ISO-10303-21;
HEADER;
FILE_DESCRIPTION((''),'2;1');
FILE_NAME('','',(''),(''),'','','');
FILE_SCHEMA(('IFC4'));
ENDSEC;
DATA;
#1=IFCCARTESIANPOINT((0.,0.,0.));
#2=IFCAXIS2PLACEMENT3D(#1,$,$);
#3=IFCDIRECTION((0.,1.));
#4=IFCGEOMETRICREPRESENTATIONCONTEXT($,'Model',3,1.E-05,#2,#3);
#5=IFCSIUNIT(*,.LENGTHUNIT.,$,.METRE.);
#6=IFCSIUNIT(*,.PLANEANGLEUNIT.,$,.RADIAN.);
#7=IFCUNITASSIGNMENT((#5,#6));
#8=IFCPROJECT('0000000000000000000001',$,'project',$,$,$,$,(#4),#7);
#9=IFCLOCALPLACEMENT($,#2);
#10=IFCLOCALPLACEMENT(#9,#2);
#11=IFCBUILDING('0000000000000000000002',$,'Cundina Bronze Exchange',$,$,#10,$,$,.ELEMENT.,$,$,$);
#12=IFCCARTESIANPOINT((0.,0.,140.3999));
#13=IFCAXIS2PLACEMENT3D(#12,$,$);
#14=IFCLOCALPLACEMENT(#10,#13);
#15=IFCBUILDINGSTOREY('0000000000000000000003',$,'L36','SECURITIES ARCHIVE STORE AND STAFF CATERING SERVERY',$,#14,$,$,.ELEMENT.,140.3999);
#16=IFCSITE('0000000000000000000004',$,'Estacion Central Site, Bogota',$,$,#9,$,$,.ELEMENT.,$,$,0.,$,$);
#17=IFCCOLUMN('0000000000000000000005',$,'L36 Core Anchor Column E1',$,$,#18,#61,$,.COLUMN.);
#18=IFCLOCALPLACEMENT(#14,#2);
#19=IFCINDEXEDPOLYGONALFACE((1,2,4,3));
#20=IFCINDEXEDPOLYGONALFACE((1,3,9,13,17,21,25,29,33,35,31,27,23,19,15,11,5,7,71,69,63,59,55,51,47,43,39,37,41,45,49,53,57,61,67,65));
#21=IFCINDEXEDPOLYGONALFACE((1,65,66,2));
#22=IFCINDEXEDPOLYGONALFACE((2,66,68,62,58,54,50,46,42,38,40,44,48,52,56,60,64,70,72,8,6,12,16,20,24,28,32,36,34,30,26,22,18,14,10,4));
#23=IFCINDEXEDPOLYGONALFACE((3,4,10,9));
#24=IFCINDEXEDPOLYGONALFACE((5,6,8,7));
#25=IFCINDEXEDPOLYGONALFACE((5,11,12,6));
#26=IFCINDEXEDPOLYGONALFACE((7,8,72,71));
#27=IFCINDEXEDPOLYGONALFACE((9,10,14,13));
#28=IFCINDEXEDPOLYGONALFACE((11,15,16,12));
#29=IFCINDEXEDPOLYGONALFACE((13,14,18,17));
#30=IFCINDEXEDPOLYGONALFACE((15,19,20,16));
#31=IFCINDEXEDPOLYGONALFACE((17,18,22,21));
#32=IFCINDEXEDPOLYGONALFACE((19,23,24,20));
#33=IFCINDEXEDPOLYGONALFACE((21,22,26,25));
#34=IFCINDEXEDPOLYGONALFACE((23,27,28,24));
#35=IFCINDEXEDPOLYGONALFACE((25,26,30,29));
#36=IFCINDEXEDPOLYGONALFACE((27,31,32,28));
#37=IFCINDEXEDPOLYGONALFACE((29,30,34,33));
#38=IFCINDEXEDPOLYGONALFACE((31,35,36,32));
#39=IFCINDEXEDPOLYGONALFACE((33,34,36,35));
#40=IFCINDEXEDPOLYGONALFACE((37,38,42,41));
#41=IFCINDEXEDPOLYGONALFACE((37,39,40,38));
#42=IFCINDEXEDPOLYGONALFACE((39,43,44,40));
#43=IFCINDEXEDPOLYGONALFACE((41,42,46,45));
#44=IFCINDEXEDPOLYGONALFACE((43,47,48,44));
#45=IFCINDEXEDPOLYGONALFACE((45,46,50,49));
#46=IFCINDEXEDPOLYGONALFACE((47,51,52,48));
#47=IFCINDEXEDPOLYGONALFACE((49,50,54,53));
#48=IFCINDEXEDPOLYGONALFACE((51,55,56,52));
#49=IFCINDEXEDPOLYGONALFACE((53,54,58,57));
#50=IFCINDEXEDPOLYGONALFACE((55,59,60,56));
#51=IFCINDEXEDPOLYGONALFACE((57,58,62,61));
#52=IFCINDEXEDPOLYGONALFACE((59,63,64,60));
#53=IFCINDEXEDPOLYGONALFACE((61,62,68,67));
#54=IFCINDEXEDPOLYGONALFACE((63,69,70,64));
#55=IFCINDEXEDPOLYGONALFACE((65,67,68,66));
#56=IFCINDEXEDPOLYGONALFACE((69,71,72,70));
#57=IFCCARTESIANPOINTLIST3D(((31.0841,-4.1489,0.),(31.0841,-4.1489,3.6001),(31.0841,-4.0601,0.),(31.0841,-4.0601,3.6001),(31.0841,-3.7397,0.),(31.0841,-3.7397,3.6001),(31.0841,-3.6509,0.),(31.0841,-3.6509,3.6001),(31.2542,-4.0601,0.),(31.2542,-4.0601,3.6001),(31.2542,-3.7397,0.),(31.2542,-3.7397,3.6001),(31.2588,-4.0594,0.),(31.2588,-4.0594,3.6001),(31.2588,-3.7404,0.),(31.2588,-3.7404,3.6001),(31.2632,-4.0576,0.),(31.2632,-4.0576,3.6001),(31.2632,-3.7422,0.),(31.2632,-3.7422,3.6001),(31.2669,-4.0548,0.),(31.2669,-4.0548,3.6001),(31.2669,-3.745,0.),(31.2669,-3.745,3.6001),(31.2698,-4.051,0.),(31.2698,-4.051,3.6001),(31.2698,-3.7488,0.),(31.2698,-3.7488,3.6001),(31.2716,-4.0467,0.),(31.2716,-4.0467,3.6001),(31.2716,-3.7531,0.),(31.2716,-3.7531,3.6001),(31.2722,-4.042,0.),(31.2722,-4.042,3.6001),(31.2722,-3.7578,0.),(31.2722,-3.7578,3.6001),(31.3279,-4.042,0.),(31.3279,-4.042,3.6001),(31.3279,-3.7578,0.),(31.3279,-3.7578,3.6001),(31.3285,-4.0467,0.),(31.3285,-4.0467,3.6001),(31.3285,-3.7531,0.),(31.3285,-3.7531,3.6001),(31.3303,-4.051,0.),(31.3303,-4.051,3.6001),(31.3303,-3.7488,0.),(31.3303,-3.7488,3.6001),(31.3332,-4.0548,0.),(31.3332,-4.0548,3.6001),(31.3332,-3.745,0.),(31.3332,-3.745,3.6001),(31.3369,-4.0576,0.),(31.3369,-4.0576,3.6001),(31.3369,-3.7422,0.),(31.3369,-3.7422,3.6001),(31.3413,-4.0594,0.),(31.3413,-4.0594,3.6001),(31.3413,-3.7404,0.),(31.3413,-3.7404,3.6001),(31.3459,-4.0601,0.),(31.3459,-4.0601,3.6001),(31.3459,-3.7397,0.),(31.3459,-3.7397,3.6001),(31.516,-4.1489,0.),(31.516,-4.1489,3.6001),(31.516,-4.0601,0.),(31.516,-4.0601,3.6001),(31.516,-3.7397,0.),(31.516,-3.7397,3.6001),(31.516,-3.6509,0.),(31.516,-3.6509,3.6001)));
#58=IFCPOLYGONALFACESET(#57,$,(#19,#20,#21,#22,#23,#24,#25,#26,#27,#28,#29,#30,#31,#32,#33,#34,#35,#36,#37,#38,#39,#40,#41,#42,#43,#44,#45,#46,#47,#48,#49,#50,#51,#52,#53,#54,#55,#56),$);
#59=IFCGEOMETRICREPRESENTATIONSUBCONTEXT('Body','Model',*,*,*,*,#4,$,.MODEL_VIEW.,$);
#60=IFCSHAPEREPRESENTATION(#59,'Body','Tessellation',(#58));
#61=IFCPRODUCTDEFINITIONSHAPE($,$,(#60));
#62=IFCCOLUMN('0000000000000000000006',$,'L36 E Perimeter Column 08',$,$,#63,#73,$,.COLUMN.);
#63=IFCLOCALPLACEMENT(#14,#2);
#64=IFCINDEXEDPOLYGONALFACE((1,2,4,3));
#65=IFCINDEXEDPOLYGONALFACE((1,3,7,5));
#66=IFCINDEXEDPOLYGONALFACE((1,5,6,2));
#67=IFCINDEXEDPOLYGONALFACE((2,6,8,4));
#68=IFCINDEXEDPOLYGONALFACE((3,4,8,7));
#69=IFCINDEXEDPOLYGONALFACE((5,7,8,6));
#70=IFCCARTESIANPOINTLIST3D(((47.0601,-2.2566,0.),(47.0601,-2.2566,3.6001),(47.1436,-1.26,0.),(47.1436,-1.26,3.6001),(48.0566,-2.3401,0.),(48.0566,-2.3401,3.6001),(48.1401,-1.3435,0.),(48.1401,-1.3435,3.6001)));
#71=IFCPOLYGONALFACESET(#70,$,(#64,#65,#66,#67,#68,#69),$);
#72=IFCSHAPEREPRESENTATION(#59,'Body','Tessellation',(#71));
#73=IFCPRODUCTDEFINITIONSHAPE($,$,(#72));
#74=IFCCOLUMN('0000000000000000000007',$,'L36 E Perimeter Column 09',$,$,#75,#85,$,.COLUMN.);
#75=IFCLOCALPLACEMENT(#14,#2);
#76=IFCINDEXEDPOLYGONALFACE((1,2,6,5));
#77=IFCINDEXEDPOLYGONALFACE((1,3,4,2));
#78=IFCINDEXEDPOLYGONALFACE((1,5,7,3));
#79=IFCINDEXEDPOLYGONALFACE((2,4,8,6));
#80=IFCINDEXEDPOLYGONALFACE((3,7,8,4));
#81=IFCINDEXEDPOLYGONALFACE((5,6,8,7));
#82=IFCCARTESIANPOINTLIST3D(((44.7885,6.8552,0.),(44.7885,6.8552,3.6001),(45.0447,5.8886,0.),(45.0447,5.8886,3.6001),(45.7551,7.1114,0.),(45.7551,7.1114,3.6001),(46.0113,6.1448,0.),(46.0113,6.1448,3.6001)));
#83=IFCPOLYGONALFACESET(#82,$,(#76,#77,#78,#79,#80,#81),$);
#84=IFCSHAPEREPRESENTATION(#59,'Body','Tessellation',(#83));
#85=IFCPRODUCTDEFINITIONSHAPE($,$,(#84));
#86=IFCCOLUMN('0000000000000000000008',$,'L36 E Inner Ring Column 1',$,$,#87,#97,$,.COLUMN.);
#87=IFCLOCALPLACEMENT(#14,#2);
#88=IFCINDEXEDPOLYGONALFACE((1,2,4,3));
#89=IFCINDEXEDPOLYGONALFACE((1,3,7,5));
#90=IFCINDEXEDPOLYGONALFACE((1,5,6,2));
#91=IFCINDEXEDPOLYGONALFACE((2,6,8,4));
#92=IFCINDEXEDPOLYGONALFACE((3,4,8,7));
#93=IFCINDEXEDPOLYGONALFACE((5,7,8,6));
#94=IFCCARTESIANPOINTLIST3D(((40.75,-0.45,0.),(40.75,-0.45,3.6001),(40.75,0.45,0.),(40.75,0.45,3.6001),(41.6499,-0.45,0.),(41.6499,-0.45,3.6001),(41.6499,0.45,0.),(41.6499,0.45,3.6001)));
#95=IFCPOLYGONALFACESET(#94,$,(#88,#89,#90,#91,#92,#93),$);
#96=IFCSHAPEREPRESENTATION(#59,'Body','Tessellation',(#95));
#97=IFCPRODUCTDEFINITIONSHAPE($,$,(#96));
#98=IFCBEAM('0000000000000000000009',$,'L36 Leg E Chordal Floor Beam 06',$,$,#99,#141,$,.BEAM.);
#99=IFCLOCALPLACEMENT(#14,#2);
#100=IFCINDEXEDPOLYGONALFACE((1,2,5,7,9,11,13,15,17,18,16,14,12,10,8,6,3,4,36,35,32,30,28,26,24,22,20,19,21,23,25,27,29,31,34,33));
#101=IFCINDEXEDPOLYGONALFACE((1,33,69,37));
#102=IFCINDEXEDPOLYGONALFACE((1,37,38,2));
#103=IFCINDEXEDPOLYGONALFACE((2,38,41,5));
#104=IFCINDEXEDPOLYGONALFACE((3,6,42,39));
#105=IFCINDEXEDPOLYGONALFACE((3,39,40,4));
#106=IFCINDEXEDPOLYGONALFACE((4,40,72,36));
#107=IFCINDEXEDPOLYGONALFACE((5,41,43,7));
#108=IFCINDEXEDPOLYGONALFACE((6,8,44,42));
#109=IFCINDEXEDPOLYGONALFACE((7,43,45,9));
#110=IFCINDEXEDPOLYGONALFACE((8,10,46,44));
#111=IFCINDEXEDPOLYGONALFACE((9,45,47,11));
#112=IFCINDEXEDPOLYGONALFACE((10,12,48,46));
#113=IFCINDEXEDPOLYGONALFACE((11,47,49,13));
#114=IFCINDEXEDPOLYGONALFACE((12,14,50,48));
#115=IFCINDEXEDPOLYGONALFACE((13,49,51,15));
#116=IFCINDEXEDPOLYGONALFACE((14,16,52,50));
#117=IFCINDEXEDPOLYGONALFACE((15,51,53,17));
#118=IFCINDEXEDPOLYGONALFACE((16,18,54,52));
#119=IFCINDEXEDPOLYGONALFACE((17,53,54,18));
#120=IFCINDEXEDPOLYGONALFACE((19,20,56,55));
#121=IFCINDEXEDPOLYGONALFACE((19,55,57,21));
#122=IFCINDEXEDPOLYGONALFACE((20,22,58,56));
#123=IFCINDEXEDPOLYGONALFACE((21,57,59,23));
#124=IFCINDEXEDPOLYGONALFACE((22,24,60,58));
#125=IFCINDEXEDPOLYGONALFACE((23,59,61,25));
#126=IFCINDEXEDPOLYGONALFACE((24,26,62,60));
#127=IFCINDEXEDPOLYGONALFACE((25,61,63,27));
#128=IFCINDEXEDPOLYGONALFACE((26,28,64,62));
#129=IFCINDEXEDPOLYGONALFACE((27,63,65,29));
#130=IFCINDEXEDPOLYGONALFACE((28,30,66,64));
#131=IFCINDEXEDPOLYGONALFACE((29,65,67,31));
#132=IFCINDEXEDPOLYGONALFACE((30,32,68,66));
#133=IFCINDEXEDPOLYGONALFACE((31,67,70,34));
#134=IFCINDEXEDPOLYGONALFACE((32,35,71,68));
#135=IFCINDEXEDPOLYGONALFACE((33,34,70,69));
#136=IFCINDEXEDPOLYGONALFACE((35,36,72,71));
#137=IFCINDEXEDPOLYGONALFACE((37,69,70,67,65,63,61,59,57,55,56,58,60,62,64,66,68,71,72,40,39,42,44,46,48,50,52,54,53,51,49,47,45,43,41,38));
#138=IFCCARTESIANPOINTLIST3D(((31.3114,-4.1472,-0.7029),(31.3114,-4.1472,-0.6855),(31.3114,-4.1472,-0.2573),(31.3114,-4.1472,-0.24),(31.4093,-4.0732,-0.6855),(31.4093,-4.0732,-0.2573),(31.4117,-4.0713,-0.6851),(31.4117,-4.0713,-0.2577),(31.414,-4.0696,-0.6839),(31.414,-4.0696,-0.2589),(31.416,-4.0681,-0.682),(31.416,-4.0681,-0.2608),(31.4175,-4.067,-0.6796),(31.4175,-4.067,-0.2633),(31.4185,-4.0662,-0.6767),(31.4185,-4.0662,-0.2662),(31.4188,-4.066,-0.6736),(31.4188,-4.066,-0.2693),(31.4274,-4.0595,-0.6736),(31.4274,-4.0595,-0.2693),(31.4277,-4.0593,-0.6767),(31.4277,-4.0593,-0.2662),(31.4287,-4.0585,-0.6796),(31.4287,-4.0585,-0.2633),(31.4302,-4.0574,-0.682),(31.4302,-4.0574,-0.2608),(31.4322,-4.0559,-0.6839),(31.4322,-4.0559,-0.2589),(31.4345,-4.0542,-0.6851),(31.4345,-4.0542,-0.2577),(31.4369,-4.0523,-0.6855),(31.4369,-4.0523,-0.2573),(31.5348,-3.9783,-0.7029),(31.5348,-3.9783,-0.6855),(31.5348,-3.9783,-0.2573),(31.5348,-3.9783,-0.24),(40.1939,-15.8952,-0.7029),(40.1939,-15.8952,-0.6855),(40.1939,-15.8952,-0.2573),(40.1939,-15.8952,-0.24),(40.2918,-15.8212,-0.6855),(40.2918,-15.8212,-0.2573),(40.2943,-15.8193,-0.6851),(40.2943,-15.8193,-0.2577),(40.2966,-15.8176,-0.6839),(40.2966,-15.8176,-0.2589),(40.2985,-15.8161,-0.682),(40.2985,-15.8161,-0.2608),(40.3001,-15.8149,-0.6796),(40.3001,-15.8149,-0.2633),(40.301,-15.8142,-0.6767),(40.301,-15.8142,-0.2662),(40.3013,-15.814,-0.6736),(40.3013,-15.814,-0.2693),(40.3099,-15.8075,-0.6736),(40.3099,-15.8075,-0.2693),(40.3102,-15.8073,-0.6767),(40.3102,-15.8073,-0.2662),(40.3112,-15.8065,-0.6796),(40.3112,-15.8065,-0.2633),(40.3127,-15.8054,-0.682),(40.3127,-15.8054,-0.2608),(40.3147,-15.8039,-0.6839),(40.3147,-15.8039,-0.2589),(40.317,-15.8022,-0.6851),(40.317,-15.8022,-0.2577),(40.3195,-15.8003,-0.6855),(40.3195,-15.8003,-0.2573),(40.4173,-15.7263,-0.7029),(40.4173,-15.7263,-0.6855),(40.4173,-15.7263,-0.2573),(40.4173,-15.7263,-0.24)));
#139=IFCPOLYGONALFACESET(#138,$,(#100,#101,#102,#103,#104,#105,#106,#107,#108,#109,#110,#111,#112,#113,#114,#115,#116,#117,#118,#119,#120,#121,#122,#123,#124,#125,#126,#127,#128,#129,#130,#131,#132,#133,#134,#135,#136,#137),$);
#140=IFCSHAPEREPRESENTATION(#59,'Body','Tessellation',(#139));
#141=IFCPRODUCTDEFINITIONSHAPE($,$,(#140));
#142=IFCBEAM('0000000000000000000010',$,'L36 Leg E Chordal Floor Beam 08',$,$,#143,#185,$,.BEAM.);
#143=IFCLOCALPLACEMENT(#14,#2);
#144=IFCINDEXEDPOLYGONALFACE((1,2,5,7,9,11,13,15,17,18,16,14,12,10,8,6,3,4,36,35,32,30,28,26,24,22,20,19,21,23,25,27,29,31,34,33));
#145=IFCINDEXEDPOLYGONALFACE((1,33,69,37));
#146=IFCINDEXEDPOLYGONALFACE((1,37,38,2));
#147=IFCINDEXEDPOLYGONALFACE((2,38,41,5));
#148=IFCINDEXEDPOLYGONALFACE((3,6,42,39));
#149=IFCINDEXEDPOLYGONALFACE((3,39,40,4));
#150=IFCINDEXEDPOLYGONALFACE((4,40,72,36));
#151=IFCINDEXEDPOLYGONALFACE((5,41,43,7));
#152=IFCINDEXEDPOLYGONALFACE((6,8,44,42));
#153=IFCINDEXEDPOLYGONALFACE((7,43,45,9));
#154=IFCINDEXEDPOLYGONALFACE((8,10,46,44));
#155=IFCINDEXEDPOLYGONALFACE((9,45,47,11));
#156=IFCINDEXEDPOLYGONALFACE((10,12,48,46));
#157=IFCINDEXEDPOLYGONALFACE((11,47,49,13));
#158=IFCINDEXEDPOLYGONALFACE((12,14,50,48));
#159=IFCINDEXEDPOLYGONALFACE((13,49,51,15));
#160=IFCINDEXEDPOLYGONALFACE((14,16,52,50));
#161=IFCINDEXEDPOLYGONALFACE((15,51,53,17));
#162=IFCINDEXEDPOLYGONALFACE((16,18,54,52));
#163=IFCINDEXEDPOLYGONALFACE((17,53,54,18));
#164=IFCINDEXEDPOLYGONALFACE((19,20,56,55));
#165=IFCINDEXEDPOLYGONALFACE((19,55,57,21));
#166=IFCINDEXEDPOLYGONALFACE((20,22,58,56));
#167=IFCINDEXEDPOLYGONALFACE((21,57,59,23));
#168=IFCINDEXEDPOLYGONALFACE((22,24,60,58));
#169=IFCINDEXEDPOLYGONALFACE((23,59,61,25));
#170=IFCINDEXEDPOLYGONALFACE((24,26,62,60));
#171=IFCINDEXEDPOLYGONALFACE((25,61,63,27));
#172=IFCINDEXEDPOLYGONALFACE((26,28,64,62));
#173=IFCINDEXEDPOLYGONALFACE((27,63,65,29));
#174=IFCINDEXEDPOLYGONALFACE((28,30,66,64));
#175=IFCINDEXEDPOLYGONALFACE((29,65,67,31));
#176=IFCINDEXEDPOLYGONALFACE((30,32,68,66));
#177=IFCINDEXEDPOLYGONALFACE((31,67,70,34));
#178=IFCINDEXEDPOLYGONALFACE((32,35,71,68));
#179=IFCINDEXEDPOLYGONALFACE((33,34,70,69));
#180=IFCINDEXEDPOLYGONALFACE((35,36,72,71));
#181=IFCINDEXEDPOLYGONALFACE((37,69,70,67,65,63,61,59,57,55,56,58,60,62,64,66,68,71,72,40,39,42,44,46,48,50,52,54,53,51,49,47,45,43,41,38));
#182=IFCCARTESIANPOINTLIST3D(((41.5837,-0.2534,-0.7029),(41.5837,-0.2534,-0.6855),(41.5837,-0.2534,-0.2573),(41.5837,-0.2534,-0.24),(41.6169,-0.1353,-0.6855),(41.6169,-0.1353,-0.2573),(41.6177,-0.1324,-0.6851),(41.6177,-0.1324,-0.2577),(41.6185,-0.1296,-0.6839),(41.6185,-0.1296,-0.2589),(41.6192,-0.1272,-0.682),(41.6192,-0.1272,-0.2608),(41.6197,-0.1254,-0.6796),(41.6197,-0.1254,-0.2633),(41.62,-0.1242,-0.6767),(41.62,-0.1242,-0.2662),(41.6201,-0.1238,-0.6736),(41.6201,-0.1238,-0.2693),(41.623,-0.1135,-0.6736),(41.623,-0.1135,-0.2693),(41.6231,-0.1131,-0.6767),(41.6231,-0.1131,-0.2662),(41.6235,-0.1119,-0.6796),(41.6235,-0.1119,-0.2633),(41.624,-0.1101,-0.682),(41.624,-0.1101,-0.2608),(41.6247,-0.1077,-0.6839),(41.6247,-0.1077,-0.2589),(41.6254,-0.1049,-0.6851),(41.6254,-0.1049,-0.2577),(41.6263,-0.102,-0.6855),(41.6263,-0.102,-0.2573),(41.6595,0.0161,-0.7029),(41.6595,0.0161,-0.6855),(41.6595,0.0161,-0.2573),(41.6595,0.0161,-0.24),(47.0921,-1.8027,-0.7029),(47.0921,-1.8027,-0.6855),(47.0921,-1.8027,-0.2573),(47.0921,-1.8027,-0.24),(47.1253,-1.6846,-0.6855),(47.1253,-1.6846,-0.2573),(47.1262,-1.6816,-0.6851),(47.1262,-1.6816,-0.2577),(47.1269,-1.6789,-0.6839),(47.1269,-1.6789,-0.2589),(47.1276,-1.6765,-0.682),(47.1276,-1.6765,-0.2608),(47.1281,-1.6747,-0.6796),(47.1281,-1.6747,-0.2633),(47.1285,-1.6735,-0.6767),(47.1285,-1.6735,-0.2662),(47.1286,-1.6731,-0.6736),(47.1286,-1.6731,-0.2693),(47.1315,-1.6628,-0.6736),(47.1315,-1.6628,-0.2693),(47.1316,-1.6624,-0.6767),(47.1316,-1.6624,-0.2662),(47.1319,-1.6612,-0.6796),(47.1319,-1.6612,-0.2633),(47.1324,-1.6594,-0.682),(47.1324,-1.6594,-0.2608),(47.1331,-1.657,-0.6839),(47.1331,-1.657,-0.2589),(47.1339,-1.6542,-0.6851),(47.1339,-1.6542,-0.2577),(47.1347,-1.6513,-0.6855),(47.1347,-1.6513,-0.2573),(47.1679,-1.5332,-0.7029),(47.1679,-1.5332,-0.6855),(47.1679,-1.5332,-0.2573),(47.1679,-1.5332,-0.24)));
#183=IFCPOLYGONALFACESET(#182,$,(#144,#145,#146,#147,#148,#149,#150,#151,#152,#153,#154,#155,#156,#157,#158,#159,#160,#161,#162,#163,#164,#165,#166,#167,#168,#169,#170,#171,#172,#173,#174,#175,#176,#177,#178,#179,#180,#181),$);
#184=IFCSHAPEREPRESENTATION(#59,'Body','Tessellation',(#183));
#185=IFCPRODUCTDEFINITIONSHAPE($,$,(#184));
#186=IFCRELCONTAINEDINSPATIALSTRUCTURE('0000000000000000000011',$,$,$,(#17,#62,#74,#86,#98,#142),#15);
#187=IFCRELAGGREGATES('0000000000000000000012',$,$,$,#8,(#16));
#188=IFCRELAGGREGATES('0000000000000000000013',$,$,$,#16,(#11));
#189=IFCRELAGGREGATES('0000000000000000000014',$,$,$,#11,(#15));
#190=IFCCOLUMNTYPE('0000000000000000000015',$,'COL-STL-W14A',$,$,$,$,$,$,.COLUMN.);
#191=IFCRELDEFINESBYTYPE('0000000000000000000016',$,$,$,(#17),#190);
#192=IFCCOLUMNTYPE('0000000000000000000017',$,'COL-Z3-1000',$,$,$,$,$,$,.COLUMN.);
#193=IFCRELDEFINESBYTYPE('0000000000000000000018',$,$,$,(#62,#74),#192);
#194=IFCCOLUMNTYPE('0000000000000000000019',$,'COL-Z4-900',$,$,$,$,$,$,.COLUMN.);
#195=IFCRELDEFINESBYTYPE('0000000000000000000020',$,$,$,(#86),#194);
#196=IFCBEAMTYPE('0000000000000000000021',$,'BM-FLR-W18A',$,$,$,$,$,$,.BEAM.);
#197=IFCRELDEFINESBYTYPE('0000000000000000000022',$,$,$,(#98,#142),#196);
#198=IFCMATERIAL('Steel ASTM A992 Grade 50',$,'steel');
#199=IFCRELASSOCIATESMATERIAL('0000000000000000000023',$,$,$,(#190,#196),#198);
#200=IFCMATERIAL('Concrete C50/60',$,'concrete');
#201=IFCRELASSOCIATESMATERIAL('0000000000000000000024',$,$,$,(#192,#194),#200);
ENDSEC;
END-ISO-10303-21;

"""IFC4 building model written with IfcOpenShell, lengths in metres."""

from ifc_helpers import new_model, si_unit, direction, frame, origin, origin_2d, place, context, subcontext, project, spatial, rectangle, i_section, extrude, material, material_profile, profile_set, type_object, element, save


model = new_model("IFC4")

# Units and contexts
model_context = context("Model", 3, precision=1e-05, world=origin(), true_north=direction((0.0, 1.0)))
body_context = subcontext(model_context, "Body", "Model", "MODEL_VIEW")
ifc_project = project(units=[si_unit("LENGTHUNIT", "METRE"), si_unit("PLANEANGLEUNIT", "RADIAN")], contexts=[model_context])

# Site, building, storey
site_placement = place(None, origin())
site = spatial("IfcSite", under=ifc_project, at=site_placement, Name="Estacion Central Site, Bogota", CompositionType="ELEMENT", RefElevation=0.0)
building_placement = place(site_placement, origin())
building = spatial("IfcBuilding", under=site, at=building_placement, Name="Cundina Bronze Exchange", CompositionType="ELEMENT")
storey_placement = place(building_placement, frame((0.0, 0.0, 140.3999)))
storey = spatial("IfcBuildingStorey", under=building, at=storey_placement, Name="L36", Description="SECURITIES ARCHIVE STORE AND STAFF CATERING SERVERY", CompositionType="ELEMENT", Elevation=140.3999)

# Columns
ifc_material_1 = material(Name="Steel ASTM A992 Grade 50", Category="steel")
ifc_material_profile_1 = material_profile(ifc_material_1, i_section(OverallWidth=0.4319, OverallDepth=0.498, WebThickness=0.0557, FlangeThickness=0.0889, FilletRadius=0.0181, at=origin_2d()), Name="W14X500", Category="steel")
ifc_profile_set_1 = profile_set([ifc_material_profile_1], Name="Steel ASTM A992 Grade 50")
column_type_1 = type_object("IfcColumnType", Name="COL-STL-W14A", PredefinedType="COLUMN", material=ifc_profile_set_1)
column_1_placement = place(storey_placement, frame((31.3, -3.8999, 0.0), z_axis=(0.0, 0.0, 1.0), x_axis=(1.0, 0.0, 0.0)))
element("IfcColumn", 1, at=column_1_placement, inside=storey, type_object=column_type_1, Name="L36 Core Anchor Column E1", PredefinedType="COLUMN", context=body_context, shape_type="SweptSolid", body=[
    extrude(i_section(OverallWidth=0.4319, OverallDepth=0.498, WebThickness=0.0557, FlangeThickness=0.0889, FilletRadius=0.0181, at=origin_2d()), origin(), (0.0, 0.0, 1.0), 3.6001),
])
ifc_material_2 = material(Name="Concrete C50/60", Category="concrete")
ifc_material_profile_2 = material_profile(ifc_material_2, rectangle(XDim=1.0, YDim=1.0, at=origin_2d()), Name="RC1000X1000", Category="concrete")
ifc_profile_set_2 = profile_set([ifc_material_profile_2], Name="Concrete C50/60")
column_type_2 = type_object("IfcColumnType", Name="COL-Z3-1000", PredefinedType="COLUMN", material=ifc_profile_set_2)
for number, where, z_axis, x_axis, name in (
    (2, (47.6001, -1.8, 0.0), (0.0, 0.0, 1.0), (0.083504, 0.996507, 0.0), "L36 E Perimeter Column 08"),
    (3, (45.3999, 6.5, 0.0), (0.0, 0.0, 1.0), (-0.256289, 0.9666, 0.0), "L36 E Perimeter Column 09"),
):
    element("IfcColumn", number, at=place(storey_placement, frame(where, z_axis=z_axis, x_axis=x_axis)), inside=storey, type_object=column_type_2, Name=name, PredefinedType="COLUMN", context=body_context, shape_type="SweptSolid", body=[
        extrude(rectangle(XDim=1.0, YDim=1.0, at=origin_2d()), origin(), (0.0, 0.0, 1.0), 3.6001),
    ])
ifc_material_profile_3 = material_profile(ifc_material_2, rectangle(XDim=0.8999, YDim=0.8999, at=origin_2d()), Name="RC900X900", Category="concrete")
ifc_profile_set_3 = profile_set([ifc_material_profile_3], Name="Concrete C50/60")
column_type_3 = type_object("IfcColumnType", Name="COL-Z4-900", PredefinedType="COLUMN", material=ifc_profile_set_3)
column_2_placement = place(storey_placement, frame((41.2, 0.0, 0.0), z_axis=(0.0, 0.0, 1.0), x_axis=(1.0, 0.0, 0.0)))
element("IfcColumn", 4, at=column_2_placement, inside=storey, type_object=column_type_3, Name="L36 E Inner Ring Column 1", PredefinedType="COLUMN", context=body_context, shape_type="SweptSolid", body=[
    extrude(rectangle(XDim=0.8999, YDim=0.8999, at=origin_2d()), origin(), (0.0, 0.0, 1.0), 3.6001),
])

# Beams
ifc_material_profile_4 = material_profile(ifc_material_1, i_section(OverallWidth=0.28, OverallDepth=0.4629, WebThickness=0.0107, FlangeThickness=0.0173, FilletRadius=0.012, at=origin_2d()), Name="W18X76", Category="steel")
ifc_profile_set_4 = profile_set([ifc_material_profile_4], Name="Steel ASTM A992 Grade 50")
beam_type_1 = type_object("IfcBeamType", Name="BM-FLR-W18A", PredefinedType="BEAM", material=ifc_profile_set_4)
beam_1_placement = place(storey_placement, frame((31.4231, -4.0627, -0.4714), z_axis=(0.603104, -0.797663, 0.0), x_axis=(0.797663, 0.603104, 0.0)))
element("IfcBeam", 5, at=beam_1_placement, inside=storey, type_object=beam_type_1, Name="L36 Leg E Chordal Floor Beam 06", PredefinedType="BEAM", context=body_context, shape_type="SweptSolid", body=[
    extrude(i_section(OverallWidth=0.28, OverallDepth=0.4629, WebThickness=0.0107, FlangeThickness=0.0173, FilletRadius=0.012, at=origin_2d()), origin(), (0.0, 0.0, 1.0), 14.728),
])
beam_2_placement = place(storey_placement, frame((41.6216, -0.1187, -0.4714), z_axis=(0.962649, -0.270752, 0.0), x_axis=(0.270752, 0.962649, 0.0)))
element("IfcBeam", 6, at=beam_2_placement, inside=storey, type_object=beam_type_1, Name="L36 Leg E Chordal Floor Beam 08", PredefinedType="BEAM", context=body_context, shape_type="SweptSolid", body=[
    extrude(i_section(OverallWidth=0.28, OverallDepth=0.4629, WebThickness=0.0107, FlangeThickness=0.0173, FilletRadius=0.012, at=origin_2d()), origin(), (0.0, 0.0, 1.0), 5.7222),
])

save(model, "model.ifc")
